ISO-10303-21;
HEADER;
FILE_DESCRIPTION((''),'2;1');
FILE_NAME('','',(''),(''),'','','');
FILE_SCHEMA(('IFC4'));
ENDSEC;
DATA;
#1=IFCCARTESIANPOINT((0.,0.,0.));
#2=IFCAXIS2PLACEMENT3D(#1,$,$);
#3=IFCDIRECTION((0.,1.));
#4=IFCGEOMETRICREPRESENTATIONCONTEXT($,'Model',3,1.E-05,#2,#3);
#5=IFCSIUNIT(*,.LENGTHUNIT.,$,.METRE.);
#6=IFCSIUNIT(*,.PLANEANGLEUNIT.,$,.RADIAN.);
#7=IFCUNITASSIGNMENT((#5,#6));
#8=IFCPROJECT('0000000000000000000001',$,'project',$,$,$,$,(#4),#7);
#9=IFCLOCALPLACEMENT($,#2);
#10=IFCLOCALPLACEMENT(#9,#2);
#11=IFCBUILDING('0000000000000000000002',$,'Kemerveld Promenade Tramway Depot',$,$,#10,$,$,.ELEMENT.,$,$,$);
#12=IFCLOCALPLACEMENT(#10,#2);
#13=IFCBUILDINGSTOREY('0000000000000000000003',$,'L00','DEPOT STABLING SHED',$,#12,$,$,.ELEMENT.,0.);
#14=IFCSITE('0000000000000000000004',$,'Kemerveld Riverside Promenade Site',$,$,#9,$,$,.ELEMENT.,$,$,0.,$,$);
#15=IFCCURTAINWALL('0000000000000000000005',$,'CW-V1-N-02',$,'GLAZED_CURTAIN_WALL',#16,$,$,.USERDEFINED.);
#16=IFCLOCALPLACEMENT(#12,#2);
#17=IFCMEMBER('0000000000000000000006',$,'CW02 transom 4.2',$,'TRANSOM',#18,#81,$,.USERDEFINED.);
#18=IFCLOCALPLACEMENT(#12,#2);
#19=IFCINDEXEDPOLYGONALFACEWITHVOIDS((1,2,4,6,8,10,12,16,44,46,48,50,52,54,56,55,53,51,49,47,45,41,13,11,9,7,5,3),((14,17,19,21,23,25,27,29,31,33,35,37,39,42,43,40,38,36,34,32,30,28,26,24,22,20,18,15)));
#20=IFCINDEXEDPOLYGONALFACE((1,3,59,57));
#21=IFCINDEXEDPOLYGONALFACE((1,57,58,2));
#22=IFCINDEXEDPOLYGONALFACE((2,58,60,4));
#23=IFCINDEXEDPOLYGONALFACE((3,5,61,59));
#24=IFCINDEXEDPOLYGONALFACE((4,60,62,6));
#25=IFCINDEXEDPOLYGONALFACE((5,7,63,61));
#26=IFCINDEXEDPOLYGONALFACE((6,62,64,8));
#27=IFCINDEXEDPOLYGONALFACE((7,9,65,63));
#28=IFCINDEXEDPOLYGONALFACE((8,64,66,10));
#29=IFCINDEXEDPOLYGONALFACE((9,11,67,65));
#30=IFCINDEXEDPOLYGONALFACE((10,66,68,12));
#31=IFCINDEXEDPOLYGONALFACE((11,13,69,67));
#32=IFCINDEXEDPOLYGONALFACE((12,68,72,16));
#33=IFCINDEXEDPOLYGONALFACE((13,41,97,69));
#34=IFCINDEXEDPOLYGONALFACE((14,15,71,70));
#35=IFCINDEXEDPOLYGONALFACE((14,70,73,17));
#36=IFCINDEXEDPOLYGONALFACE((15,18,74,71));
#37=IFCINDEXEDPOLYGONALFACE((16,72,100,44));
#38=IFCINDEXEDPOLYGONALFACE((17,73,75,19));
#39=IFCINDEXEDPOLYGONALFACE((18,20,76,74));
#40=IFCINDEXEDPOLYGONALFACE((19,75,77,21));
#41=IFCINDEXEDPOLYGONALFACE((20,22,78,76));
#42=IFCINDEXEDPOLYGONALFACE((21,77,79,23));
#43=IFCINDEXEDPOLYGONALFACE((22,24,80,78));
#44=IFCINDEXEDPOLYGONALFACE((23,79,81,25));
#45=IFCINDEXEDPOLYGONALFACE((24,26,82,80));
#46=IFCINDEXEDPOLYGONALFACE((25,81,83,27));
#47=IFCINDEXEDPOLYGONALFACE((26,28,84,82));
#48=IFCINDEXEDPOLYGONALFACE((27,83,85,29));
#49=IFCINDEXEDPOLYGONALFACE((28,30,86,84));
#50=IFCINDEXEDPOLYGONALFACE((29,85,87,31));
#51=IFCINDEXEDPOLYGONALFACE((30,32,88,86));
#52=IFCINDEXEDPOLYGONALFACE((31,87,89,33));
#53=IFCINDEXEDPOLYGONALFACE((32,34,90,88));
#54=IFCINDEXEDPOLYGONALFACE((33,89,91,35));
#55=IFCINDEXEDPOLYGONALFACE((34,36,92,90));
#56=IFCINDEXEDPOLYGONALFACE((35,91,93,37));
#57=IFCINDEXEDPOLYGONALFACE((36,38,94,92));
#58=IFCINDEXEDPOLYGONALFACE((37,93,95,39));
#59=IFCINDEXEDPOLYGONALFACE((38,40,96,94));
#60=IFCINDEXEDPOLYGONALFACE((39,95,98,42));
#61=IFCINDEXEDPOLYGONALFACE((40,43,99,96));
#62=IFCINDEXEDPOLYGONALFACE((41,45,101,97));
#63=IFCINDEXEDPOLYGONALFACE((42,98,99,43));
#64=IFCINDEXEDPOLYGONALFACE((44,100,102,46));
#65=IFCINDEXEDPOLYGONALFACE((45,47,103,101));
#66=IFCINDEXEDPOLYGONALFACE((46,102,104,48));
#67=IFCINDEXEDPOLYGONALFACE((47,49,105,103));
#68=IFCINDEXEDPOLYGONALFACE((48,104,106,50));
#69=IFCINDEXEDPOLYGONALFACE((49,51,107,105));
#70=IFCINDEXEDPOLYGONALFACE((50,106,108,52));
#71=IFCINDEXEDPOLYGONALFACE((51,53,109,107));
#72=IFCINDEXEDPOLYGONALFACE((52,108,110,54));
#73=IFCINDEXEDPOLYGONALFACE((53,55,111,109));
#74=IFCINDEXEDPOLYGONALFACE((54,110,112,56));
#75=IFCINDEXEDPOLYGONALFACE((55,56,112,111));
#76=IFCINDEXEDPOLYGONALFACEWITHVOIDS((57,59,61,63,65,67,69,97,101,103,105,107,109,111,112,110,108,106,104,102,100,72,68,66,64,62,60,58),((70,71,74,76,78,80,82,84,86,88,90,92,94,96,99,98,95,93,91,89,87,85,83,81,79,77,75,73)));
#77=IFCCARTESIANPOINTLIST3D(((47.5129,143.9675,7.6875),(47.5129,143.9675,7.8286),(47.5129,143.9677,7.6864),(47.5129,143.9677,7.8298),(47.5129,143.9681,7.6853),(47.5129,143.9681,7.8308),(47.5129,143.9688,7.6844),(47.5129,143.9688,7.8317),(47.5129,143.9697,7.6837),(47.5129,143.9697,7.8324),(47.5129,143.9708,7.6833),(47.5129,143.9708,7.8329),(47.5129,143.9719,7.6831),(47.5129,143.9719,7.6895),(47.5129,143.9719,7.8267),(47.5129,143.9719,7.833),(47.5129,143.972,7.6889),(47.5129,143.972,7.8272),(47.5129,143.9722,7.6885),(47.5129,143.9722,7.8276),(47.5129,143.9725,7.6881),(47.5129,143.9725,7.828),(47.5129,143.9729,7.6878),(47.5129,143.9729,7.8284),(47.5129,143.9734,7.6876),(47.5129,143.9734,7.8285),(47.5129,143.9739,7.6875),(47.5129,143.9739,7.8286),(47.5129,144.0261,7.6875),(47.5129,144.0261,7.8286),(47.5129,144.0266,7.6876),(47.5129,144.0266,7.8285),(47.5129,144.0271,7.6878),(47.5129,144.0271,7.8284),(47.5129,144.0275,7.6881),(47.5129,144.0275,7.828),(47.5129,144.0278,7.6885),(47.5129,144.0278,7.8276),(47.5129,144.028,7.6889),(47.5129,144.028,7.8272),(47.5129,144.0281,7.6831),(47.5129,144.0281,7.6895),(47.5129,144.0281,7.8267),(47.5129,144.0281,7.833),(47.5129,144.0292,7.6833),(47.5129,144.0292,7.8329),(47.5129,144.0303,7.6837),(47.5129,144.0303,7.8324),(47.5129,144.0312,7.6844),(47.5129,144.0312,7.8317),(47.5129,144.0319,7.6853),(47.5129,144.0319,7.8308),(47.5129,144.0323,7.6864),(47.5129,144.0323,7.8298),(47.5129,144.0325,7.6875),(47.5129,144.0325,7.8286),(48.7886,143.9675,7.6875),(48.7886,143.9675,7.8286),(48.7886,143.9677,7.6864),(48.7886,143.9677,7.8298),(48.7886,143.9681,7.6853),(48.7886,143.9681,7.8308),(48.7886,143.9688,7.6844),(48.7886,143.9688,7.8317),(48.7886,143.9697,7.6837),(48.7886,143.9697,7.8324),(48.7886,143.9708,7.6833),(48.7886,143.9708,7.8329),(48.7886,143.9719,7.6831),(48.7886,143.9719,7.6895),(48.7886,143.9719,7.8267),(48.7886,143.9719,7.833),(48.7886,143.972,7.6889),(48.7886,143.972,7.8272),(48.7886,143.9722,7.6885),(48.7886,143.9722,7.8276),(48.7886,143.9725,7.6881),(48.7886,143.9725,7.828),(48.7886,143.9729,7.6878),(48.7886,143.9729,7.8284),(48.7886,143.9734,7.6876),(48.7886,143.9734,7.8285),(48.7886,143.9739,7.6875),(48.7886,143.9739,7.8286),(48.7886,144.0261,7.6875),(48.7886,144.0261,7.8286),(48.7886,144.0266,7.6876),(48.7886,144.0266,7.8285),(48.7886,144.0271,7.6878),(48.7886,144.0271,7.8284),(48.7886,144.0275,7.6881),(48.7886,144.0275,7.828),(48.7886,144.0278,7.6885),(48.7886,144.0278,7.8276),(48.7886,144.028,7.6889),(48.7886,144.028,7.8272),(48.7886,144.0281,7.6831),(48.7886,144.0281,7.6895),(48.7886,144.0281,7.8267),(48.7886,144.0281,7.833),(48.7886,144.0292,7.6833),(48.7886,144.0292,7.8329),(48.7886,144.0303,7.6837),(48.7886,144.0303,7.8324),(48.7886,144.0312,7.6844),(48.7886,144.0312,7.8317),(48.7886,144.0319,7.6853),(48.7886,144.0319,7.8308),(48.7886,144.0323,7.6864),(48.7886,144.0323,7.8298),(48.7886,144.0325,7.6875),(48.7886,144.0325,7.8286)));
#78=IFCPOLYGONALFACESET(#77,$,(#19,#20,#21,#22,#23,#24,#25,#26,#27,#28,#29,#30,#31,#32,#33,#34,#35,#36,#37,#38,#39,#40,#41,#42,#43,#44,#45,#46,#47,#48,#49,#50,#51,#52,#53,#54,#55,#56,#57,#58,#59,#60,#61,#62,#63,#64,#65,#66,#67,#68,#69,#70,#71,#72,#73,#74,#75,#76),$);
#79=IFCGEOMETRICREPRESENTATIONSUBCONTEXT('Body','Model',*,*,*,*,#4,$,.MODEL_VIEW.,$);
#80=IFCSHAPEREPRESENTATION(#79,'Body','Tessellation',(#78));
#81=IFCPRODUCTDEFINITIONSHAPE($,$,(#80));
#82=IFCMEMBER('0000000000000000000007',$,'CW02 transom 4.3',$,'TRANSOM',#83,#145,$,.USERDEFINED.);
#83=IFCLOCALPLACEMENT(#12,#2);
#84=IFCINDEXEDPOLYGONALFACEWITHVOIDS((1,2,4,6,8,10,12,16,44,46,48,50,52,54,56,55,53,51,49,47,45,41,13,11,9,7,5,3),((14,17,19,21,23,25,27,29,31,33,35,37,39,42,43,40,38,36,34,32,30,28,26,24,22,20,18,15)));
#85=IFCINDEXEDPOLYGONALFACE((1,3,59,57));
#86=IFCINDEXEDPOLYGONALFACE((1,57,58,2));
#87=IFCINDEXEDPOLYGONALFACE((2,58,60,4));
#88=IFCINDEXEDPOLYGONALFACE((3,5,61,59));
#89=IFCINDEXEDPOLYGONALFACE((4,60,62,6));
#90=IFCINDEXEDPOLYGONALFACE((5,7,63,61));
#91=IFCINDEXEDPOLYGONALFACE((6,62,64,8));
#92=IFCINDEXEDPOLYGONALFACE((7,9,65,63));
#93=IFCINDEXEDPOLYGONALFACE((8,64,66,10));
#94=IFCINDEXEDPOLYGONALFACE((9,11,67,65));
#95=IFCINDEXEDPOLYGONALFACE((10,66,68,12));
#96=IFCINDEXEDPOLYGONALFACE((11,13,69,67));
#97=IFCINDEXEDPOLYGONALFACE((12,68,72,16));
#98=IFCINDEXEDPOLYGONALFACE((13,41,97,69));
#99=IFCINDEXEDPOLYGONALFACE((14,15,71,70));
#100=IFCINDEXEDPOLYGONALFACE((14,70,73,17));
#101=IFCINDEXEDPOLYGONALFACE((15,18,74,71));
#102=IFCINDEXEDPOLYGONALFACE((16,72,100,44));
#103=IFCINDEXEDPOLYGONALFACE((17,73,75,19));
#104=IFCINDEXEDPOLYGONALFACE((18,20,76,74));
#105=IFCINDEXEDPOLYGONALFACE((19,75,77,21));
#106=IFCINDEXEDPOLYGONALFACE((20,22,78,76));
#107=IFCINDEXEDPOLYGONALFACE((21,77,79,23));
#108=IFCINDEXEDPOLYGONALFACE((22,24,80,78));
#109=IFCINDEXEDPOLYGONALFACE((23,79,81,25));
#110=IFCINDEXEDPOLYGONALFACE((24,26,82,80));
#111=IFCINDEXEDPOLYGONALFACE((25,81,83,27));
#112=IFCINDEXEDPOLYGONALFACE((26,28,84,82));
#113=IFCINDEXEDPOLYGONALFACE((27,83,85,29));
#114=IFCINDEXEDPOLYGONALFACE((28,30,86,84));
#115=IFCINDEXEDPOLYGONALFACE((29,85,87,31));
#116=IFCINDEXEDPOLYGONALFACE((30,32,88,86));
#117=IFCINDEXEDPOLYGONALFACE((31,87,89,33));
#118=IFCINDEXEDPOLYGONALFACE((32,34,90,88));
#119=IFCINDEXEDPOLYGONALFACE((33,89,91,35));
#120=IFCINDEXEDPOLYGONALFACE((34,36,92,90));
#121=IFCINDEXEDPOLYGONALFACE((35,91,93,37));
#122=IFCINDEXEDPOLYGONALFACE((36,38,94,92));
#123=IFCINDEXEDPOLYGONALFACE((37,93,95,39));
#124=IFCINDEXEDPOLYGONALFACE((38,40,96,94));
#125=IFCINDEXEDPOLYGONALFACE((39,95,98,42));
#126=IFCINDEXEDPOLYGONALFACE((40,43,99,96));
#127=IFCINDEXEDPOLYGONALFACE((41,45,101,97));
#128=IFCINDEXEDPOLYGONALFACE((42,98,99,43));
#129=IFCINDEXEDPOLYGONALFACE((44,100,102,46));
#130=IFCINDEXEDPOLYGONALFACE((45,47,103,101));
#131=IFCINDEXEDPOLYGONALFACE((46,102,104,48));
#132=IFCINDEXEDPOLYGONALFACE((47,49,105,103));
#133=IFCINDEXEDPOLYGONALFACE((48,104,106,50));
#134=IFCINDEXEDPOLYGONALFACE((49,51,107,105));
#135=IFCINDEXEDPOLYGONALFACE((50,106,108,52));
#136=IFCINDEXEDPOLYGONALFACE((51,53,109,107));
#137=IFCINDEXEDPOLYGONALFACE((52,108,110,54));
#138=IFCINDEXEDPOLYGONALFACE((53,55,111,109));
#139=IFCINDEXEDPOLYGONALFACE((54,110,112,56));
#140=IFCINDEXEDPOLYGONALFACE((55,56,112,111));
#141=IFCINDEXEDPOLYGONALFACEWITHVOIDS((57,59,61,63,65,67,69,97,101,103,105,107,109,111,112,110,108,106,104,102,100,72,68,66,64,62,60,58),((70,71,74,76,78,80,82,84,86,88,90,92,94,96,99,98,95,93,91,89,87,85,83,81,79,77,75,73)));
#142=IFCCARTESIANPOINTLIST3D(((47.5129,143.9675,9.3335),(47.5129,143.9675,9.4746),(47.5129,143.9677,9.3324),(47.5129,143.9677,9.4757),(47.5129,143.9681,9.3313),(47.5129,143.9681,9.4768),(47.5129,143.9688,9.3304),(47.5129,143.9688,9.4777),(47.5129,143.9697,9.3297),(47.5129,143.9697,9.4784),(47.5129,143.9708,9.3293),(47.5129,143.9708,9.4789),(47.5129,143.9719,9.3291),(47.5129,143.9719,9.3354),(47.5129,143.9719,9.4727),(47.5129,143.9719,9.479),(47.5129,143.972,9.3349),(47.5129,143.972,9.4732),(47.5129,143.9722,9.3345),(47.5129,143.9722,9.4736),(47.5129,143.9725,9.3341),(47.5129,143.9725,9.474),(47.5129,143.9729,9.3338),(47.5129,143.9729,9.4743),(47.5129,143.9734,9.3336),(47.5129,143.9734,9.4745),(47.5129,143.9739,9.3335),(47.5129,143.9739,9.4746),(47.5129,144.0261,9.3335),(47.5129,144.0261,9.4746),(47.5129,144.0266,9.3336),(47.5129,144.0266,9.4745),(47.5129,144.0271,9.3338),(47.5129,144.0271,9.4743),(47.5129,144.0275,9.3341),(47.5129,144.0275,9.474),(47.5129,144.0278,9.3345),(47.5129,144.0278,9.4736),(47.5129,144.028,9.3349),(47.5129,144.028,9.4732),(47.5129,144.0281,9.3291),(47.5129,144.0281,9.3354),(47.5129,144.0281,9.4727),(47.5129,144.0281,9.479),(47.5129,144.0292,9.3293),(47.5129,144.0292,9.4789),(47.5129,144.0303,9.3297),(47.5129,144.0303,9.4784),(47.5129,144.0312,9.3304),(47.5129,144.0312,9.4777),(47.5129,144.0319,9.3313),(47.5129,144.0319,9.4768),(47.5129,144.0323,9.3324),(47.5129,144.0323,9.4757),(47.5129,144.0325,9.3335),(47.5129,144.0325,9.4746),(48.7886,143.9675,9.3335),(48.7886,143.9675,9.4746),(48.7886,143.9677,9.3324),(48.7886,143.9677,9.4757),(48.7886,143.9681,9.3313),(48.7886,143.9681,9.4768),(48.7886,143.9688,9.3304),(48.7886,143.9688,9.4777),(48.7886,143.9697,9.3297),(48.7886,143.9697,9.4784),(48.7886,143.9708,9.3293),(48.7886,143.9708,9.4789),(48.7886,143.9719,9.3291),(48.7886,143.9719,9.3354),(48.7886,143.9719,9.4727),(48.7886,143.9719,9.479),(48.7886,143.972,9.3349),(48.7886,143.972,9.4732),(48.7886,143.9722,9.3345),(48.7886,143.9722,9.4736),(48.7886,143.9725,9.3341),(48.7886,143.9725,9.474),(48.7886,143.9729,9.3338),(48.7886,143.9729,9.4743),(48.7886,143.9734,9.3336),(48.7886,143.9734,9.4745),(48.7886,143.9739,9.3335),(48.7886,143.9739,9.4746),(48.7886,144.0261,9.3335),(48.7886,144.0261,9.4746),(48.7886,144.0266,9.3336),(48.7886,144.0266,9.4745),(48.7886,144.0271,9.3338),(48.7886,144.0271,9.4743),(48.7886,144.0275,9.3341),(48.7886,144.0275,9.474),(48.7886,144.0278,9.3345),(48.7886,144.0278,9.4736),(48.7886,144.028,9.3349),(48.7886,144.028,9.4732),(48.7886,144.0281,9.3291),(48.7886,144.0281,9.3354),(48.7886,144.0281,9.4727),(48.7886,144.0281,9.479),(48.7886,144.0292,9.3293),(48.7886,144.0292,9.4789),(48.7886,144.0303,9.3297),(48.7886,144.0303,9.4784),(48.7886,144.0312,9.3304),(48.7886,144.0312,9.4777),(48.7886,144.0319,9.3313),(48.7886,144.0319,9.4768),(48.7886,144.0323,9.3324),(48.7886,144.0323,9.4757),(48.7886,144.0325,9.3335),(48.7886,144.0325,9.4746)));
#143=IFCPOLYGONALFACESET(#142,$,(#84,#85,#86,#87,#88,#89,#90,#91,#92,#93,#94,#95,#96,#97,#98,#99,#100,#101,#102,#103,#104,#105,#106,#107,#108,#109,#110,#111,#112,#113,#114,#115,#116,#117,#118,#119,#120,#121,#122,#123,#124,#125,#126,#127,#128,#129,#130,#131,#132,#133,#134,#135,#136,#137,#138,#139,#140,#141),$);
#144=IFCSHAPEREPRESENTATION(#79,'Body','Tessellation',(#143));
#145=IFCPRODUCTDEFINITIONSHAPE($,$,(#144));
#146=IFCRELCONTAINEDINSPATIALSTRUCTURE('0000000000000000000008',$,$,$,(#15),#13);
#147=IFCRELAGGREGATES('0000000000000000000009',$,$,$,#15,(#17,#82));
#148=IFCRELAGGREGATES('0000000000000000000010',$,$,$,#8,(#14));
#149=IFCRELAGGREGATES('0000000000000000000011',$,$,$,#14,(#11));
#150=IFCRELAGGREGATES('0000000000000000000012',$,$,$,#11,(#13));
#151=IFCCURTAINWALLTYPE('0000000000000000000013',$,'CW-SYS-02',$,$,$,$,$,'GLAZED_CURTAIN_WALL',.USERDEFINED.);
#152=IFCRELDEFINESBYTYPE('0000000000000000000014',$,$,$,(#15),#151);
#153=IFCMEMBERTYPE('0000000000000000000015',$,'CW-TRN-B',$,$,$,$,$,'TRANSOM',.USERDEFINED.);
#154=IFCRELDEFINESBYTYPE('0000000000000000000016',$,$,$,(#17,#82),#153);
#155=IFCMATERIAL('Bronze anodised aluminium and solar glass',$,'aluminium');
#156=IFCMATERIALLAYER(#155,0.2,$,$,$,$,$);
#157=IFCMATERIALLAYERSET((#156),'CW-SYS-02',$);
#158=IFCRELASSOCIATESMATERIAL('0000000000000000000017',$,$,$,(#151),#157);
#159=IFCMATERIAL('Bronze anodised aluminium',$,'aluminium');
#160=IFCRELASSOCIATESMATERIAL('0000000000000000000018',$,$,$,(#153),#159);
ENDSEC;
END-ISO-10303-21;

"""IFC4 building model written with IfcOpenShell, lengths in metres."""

from ifc_helpers import new_model, si_unit, direction, frame, origin, origin_2d, place, context, subcontext, project, spatial, hollow_rectangle, extrude, material, layer, layer_set, material_profile, profile_set, type_object, element, aggregate, save


model = new_model("IFC4")

# Units and contexts
model_context = context("Model", 3, precision=1e-05, world=origin(), true_north=direction((0.0, 1.0)))
body_context = subcontext(model_context, "Body", "Model", "MODEL_VIEW")
ifc_project = project(units=[si_unit("LENGTHUNIT", "METRE"), si_unit("PLANEANGLEUNIT", "RADIAN")], contexts=[model_context])

# Site, building, storey
site_placement = place(None, origin())
site = spatial("IfcSite", under=ifc_project, at=site_placement, Name="Kemerveld Riverside Promenade Site", CompositionType="ELEMENT", RefElevation=0.0)
building_placement = place(site_placement, origin())
building = spatial("IfcBuilding", under=site, at=building_placement, Name="Kemerveld Promenade Tramway Depot", CompositionType="ELEMENT")
storey_placement = place(building_placement, origin())
storey = spatial("IfcBuildingStorey", under=building, at=storey_placement, Name="L00", Description="DEPOT STABLING SHED", CompositionType="ELEMENT", Elevation=0.0)

# Curtain wall, members
ifc_material_1 = material(Name="Bronze anodised aluminium and solar glass", Category="aluminium")
ifc_material_2 = material(Name="Bronze anodised aluminium", Category="aluminium")
ifc_layer_1 = layer(ifc_material_1, 0.2)
ifc_layer_set_1 = layer_set([ifc_layer_1], Name="CW-SYS-02")
curtain_wall_type_1 = type_object("IfcCurtainWallType", Name="CW-SYS-02", ElementType="GLAZED_CURTAIN_WALL", PredefinedType="USERDEFINED", material=ifc_layer_set_1)
curtain_wall_1_placement = place(storey_placement, origin())
curtain_wall_1 = element("IfcCurtainWall", 1, at=curtain_wall_1_placement, inside=storey, type_object=curtain_wall_type_1, Name="CW-V1-N-02", ObjectType="GLAZED_CURTAIN_WALL", PredefinedType="USERDEFINED")
ifc_material_profile_1 = material_profile(ifc_material_2, hollow_rectangle(XDim=0.0649, YDim=0.1499, WallThickness=0.0044, InnerFilletRadius=0.002, OuterFilletRadius=0.0044, at=origin_2d()), Name="CW-TRN-150x65")
ifc_profile_set_1 = profile_set([ifc_material_profile_1], Name="Bronze anodised aluminium")
member_type_1 = type_object("IfcMemberType", Name="CW-TRN-B", ElementType="TRANSOM", PredefinedType="USERDEFINED", material=ifc_profile_set_1)
member_1_placement = place(storey_placement, frame((47.5129, 144.0, 7.7581), z_axis=(1.0, 0.0, 0.0), x_axis=(0.0, 1.0, 0.0)))
member_1 = element("IfcMember", 2, at=member_1_placement, type_object=member_type_1, Name="CW02 transom 4.2", ObjectType="TRANSOM", PredefinedType="USERDEFINED", context=body_context, shape_type="SweptSolid", body=[
    extrude(hollow_rectangle(XDim=0.0649, YDim=0.1499, WallThickness=0.0044, InnerFilletRadius=0.002, OuterFilletRadius=0.0044, at=origin_2d()), origin(), (0.0, 0.0, 1.0), 1.2756),
])
member_2_placement = place(storey_placement, frame((47.5129, 144.0, 9.4041), z_axis=(1.0, 0.0, 0.0), x_axis=(0.0, 1.0, 0.0)))
member_2 = element("IfcMember", 3, at=member_2_placement, type_object=member_type_1, Name="CW02 transom 4.3", ObjectType="TRANSOM", PredefinedType="USERDEFINED", context=body_context, shape_type="SweptSolid", body=[
    extrude(hollow_rectangle(XDim=0.0649, YDim=0.1499, WallThickness=0.0044, InnerFilletRadius=0.002, OuterFilletRadius=0.0044, at=origin_2d()), origin(), (0.0, 0.0, 1.0), 1.2756),
])

aggregate(curtain_wall_1, [member_1, member_2])

save(model, "model.ifc")
